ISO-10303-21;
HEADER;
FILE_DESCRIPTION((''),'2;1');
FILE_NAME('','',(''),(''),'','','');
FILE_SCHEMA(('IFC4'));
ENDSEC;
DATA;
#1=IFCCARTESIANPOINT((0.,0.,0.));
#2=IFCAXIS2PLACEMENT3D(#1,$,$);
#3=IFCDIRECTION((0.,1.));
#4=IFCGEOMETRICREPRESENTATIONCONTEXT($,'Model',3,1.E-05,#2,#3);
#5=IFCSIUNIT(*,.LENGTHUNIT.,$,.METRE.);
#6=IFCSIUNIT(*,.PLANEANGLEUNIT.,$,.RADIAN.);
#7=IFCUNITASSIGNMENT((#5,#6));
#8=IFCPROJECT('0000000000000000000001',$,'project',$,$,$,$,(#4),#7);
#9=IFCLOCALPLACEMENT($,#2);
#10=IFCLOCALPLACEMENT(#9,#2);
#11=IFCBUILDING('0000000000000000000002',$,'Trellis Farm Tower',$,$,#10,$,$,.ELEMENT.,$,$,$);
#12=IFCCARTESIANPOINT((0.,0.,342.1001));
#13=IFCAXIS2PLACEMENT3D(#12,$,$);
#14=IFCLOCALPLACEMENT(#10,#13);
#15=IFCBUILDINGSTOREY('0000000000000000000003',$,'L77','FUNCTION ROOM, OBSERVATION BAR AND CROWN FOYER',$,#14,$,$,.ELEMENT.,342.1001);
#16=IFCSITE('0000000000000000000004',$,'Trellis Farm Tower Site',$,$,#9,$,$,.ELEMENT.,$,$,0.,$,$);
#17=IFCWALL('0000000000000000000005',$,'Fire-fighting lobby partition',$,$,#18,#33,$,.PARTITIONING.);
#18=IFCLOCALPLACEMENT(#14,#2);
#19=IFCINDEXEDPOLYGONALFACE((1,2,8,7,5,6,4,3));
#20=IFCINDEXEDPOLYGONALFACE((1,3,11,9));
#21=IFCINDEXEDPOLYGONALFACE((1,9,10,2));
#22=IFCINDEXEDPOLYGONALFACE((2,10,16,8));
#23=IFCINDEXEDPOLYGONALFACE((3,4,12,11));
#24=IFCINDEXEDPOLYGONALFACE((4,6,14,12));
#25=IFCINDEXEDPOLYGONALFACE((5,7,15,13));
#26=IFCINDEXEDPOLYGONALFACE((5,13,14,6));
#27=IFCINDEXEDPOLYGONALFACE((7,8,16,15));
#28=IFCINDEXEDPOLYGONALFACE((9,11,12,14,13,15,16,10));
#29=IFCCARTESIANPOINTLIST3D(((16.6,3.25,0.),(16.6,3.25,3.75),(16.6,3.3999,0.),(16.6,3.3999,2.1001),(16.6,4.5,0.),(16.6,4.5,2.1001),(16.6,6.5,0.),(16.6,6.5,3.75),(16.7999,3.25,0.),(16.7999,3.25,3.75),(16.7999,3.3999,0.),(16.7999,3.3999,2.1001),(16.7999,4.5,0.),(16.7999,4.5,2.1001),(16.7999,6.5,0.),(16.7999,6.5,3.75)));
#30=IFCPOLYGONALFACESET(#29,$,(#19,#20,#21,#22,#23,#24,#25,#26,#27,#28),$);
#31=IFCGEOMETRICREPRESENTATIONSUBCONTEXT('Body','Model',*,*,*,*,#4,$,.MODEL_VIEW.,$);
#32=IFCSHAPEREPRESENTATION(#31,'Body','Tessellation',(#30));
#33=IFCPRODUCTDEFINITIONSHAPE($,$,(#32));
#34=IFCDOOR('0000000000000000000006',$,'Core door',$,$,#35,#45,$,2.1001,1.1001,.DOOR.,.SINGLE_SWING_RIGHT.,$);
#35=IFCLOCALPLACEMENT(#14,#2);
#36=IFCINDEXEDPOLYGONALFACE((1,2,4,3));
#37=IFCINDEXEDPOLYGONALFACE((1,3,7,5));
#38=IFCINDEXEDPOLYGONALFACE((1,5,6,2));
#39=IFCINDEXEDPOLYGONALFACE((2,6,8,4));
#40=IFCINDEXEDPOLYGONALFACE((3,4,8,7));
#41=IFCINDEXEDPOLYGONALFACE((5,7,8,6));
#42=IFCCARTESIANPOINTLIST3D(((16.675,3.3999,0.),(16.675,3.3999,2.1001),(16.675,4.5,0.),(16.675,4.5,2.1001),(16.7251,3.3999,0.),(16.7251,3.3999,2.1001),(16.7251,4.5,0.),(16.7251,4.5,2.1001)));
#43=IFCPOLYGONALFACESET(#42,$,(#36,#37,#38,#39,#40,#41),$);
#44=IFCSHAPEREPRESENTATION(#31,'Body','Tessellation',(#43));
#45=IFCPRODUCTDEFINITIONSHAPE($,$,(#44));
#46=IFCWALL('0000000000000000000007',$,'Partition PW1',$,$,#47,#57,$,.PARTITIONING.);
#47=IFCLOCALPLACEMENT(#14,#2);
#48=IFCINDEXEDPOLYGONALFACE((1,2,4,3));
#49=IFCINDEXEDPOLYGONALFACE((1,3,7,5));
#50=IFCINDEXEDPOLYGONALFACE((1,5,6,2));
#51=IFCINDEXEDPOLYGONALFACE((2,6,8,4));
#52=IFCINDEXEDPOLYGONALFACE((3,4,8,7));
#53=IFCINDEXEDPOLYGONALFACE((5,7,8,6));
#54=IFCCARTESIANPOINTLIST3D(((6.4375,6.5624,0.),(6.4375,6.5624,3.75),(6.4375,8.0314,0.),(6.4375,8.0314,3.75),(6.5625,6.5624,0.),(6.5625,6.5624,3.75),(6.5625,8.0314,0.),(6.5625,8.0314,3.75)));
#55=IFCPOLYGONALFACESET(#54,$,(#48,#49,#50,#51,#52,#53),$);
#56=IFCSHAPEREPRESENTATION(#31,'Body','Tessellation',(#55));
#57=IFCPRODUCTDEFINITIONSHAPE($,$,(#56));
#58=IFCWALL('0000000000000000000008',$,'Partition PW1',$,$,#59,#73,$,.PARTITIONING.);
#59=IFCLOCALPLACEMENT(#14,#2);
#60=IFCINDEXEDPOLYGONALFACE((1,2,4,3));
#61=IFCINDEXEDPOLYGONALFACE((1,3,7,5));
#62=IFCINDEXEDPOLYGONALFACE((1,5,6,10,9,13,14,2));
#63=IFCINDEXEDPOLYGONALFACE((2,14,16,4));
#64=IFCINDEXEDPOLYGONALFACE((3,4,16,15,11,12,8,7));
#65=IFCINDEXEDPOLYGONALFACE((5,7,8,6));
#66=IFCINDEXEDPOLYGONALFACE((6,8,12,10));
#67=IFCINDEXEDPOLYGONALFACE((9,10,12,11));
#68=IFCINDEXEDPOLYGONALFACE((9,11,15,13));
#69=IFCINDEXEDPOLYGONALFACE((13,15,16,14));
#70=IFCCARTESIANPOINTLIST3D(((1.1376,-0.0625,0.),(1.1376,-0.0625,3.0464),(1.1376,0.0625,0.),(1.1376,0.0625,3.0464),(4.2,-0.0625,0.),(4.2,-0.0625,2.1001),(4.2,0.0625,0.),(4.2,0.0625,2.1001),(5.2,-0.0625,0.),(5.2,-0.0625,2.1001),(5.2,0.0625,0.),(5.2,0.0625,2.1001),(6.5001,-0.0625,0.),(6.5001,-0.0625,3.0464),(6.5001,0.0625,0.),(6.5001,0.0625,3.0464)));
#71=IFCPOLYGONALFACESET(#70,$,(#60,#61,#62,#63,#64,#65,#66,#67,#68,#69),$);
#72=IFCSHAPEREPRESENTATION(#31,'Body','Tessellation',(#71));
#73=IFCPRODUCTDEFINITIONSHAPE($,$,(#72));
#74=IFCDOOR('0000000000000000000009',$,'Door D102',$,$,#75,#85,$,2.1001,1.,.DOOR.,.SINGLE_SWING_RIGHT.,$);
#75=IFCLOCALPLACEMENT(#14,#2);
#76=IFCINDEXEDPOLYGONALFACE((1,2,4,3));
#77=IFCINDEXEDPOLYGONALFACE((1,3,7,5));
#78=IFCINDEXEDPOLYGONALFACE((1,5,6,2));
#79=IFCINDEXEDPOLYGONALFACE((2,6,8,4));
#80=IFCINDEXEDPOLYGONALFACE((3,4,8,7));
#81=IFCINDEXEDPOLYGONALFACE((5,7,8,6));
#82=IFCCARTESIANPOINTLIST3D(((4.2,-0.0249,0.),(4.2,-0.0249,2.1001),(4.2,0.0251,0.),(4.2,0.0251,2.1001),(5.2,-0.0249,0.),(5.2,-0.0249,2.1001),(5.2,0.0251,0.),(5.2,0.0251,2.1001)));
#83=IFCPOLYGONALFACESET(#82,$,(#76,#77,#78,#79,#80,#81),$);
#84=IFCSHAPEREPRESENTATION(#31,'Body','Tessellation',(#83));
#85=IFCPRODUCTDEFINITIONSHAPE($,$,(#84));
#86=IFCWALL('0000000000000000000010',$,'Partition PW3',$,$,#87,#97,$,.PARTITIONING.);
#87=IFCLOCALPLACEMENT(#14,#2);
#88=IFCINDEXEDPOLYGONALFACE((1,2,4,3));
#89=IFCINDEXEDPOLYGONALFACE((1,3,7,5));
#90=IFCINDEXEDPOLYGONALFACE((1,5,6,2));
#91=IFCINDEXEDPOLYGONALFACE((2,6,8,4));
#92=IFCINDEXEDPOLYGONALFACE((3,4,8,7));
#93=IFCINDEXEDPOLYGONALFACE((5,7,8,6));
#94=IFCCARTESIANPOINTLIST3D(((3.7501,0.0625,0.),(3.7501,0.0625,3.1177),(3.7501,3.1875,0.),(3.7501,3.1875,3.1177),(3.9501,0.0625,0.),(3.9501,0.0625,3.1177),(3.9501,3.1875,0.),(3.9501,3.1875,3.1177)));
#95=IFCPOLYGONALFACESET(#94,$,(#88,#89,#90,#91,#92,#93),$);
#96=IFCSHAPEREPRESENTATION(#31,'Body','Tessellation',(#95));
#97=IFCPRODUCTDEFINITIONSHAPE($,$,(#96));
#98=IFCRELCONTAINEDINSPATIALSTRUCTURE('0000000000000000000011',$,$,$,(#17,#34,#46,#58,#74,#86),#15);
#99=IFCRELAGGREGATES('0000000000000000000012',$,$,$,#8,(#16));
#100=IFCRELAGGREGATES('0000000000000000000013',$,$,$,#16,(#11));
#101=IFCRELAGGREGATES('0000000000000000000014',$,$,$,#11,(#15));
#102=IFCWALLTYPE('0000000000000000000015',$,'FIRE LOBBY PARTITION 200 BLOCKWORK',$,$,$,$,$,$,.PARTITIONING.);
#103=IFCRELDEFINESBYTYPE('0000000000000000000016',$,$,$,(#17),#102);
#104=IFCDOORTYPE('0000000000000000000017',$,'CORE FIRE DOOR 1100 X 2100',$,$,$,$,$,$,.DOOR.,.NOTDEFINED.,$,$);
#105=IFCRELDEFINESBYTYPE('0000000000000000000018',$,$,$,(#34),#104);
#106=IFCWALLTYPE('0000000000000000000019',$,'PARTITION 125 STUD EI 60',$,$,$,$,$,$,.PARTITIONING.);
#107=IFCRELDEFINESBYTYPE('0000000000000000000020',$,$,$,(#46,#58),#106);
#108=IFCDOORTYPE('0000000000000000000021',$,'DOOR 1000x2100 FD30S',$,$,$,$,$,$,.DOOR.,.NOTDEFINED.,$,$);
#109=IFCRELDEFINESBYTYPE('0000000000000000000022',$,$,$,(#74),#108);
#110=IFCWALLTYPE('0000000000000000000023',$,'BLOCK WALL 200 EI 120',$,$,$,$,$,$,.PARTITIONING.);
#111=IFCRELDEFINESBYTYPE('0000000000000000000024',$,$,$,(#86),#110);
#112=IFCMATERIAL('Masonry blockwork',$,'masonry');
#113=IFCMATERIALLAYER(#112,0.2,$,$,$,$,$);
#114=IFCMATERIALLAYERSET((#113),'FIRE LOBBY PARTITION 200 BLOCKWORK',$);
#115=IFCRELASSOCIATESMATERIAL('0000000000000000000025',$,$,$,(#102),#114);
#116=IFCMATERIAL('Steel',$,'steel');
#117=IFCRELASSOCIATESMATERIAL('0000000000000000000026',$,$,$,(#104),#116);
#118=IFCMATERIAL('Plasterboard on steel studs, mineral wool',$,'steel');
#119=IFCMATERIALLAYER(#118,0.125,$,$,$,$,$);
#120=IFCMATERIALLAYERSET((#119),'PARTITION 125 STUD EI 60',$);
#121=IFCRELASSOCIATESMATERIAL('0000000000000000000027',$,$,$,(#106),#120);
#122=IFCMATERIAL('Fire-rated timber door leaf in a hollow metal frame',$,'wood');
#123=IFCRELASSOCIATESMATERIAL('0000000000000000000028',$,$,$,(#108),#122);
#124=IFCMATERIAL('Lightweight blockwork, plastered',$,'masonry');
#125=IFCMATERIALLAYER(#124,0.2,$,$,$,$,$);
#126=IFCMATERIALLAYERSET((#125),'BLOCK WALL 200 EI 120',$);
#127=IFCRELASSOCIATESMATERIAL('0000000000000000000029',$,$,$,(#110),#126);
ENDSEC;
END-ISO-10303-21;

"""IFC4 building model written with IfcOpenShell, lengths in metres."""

from ifc_helpers import new_model, si_unit, direction, frame, frame_2d, origin, place, context, subcontext, project, spatial, rectangle, extrude, source, transform, mapped, material, layer, layer_set, type_object, element, fill, save


model = new_model("IFC4")

# Units and contexts
model_context = context("Model", 3, precision=1e-05, world=origin(), true_north=direction((0.0, 1.0)))
body_context = subcontext(model_context, "Body", "Model", "MODEL_VIEW")
ifc_project = project(units=[si_unit("LENGTHUNIT", "METRE"), si_unit("PLANEANGLEUNIT", "RADIAN")], contexts=[model_context])

# Site, building, storey
site_placement = place(None, origin())
site = spatial("IfcSite", under=ifc_project, at=site_placement, Name="Trellis Farm Tower Site", CompositionType="ELEMENT", RefElevation=0.0)
building_placement = place(site_placement, origin())
building = spatial("IfcBuilding", under=site, at=building_placement, Name="Trellis Farm Tower", CompositionType="ELEMENT")
storey_placement = place(building_placement, frame((0.0, 0.0, 342.1001)))
storey = spatial("IfcBuildingStorey", under=building, at=storey_placement, Name="L77", Description="FUNCTION ROOM, OBSERVATION BAR AND CROWN FOYER", CompositionType="ELEMENT", Elevation=342.1001)

# Shared definitions
ifc_material_1 = material(Name="Masonry blockwork", Category="masonry")

# Shared definitions
ifc_material_2 = material(Name="Steel", Category="steel")

# Wall, opening, door
ifc_layer_1 = layer(ifc_material_1, 0.2)
ifc_layer_set_1 = layer_set([ifc_layer_1], Name="FIRE LOBBY PARTITION 200 BLOCKWORK")
wall_type_1 = type_object("IfcWallType", Name="FIRE LOBBY PARTITION 200 BLOCKWORK", PredefinedType="PARTITIONING", material=ifc_layer_set_1)
shared_shape_1 = source(origin(), body_context, "Body", "SweptSolid", [
    extrude(rectangle(XDim=3.25, YDim=0.2, at=frame_2d((1.625, 0.0))), origin(), (0.0, 0.0, 1.0), 3.75),
])
wall_1_placement = place(storey_placement, frame((16.7, 3.25, 0.0), z_axis=(0.0, 0.0, 1.0), x_axis=(0.0, 1.0, 0.0)))
wall_1 = element("IfcWall", 1, at=wall_1_placement, inside=storey, type_object=wall_type_1, Name="Fire-fighting lobby partition", PredefinedType="PARTITIONING", context=body_context, shape_type="MappedRepresentation", body=[
    mapped(shared_shape_1, transform((0.0, 0.0, 0.0))),
])
shared_shape_2 = source(origin(), body_context, "Body", "SweptSolid", [
    extrude(rectangle(XDim=1.1001, YDim=2.1001, at=frame_2d((0.55, 1.05))), frame((0.0, 0.1101, 0.0), z_axis=(0.0, -1.0, 0.0), x_axis=(1.0, 0.0, 0.0)), (0.0, 0.0, 1.0), 0.2202),
])
opening_1_placement = place(wall_1_placement, frame((0.1499, 0.0, 0.0)))
opening_1 = element("IfcOpeningElement", 2, at=opening_1_placement, cuts=wall_1, PredefinedType="OPENING", context=body_context, shape_type="MappedRepresentation", body=[
    mapped(shared_shape_2, transform((0.0, 0.0, 0.0))),
])
door_type_1 = type_object("IfcDoorType", Name="CORE FIRE DOOR 1100 X 2100", OperationType="NOTDEFINED", PredefinedType="DOOR", material=ifc_material_2)
shared_shape_3 = source(origin(), body_context, "Body", "SweptSolid", [
    extrude(rectangle(XDim=1.1001, YDim=2.1001, at=frame_2d((0.55, 1.05))), frame((0.0, 0.0249, 0.0), z_axis=(0.0, -1.0, 0.0), x_axis=(1.0, 0.0, 0.0)), (0.0, 0.0, 1.0), 0.05),
])
door_1_placement = place(opening_1_placement, origin())
door_1 = element("IfcDoor", 3, at=door_1_placement, inside=storey, type_object=door_type_1, Name="Core door", OperationType="SINGLE_SWING_RIGHT", OverallHeight=2.1001, OverallWidth=1.1001, PredefinedType="DOOR", context=body_context, shape_type="MappedRepresentation", body=[
    mapped(shared_shape_3, transform((0.0, 0.0, 0.0))),
])
fill(opening_1, door_1)

# Wall
ifc_material_3 = material(Name="Plasterboard on steel studs, mineral wool", Category="steel")
ifc_layer_2 = layer(ifc_material_3, 0.125)
ifc_layer_set_2 = layer_set([ifc_layer_2], Name="PARTITION 125 STUD EI 60")
wall_type_2 = type_object("IfcWallType", Name="PARTITION 125 STUD EI 60", PredefinedType="PARTITIONING", material=ifc_layer_set_2)
shared_shape_4 = source(origin(), body_context, "Body", "SweptSolid", [
    extrude(rectangle(XDim=1.469, YDim=0.125, at=frame_2d((0.7344, 0.0))), origin(), (0.0, 0.0, 1.0), 3.75),
])
wall_2_placement = place(storey_placement, frame((6.5, 6.5625, 0.0), z_axis=(0.0, 0.0, 1.0), x_axis=(0.0, 1.0, 0.0)))
element("IfcWall", 4, at=wall_2_placement, inside=storey, type_object=wall_type_2, Name="Partition PW1", PredefinedType="PARTITIONING", context=body_context, shape_type="MappedRepresentation", body=[
    mapped(shared_shape_4, transform((0.0, 0.0, 0.0))),
])

# Wall, opening, door
shared_shape_5 = source(origin(), body_context, "Body", "SweptSolid", [
    extrude(rectangle(XDim=5.3625, YDim=0.125, at=frame_2d((2.6812, 0.0))), origin(), (0.0, 0.0, 1.0), 3.0464),
])
wall_3_placement = place(storey_placement, frame((6.5, 0.0, 0.0), z_axis=(0.0, 0.0, 1.0), x_axis=(-1.0, 0.0, 0.0)))
wall_3 = element("IfcWall", 5, at=wall_3_placement, inside=storey, type_object=wall_type_2, Name="Partition PW1", PredefinedType="PARTITIONING", context=body_context, shape_type="MappedRepresentation", body=[
    mapped(shared_shape_5, transform((0.0, 0.0, 0.0))),
])
shared_shape_6 = source(origin(), body_context, "Body", "SweptSolid", [
    extrude(rectangle(XDim=1.0, YDim=2.1001, at=frame_2d((0.5, 1.05))), frame((0.0, 0.0725, 0.0), z_axis=(0.0, -1.0, 0.0), x_axis=(1.0, 0.0, 0.0)), (0.0, 0.0, 1.0), 0.145),
])
opening_2_placement = place(wall_3_placement, frame((1.3, 0.0, 0.0)))
opening_2 = element("IfcOpeningElement", 6, at=opening_2_placement, cuts=wall_3, PredefinedType="OPENING", context=body_context, shape_type="MappedRepresentation", body=[
    mapped(shared_shape_6, transform((0.0, 0.0, 0.0))),
])
ifc_material_4 = material(Name="Fire-rated timber door leaf in a hollow metal frame", Category="wood")
door_type_2 = type_object("IfcDoorType", Name="DOOR 1000x2100 FD30S", OperationType="NOTDEFINED", PredefinedType="DOOR", material=ifc_material_4)
shared_shape_7 = source(origin(), body_context, "Body", "SweptSolid", [
    extrude(rectangle(XDim=1.0, YDim=2.1001, at=frame_2d((0.5, 1.05))), frame((0.0, 0.0249, 0.0), z_axis=(0.0, -1.0, 0.0), x_axis=(1.0, 0.0, 0.0)), (0.0, 0.0, 1.0), 0.05),
])
door_2_placement = place(opening_2_placement, origin())
door_2 = element("IfcDoor", 7, at=door_2_placement, inside=storey, type_object=door_type_2, Name="Door D102", OperationType="SINGLE_SWING_RIGHT", OverallHeight=2.1001, OverallWidth=1.0, PredefinedType="DOOR", context=body_context, shape_type="MappedRepresentation", body=[
    mapped(shared_shape_7, transform((0.0, 0.0, 0.0))),
])
fill(opening_2, door_2)

# Wall
ifc_material_5 = material(Name="Lightweight blockwork, plastered", Category="masonry")
ifc_layer_3 = layer(ifc_material_5, 0.2)
ifc_layer_set_3 = layer_set([ifc_layer_3], Name="BLOCK WALL 200 EI 120")
wall_type_3 = type_object("IfcWallType", Name="BLOCK WALL 200 EI 120", PredefinedType="PARTITIONING", material=ifc_layer_set_3)
shared_shape_8 = source(origin(), body_context, "Body", "SweptSolid", [
    extrude(rectangle(XDim=3.125, YDim=0.2, at=frame_2d((1.5625, 0.0))), origin(), (0.0, 0.0, 1.0), 3.1177),
])
wall_4_placement = place(storey_placement, frame((3.8501, 0.0625, 0.0), z_axis=(0.0, 0.0, 1.0), x_axis=(0.0, 1.0, 0.0)))
element("IfcWall", 8, at=wall_4_placement, inside=storey, type_object=wall_type_3, Name="Partition PW3", PredefinedType="PARTITIONING", context=body_context, shape_type="MappedRepresentation", body=[
    mapped(shared_shape_8, transform((0.0, 0.0, 0.0))),
])

save(model, "model.ifc")
